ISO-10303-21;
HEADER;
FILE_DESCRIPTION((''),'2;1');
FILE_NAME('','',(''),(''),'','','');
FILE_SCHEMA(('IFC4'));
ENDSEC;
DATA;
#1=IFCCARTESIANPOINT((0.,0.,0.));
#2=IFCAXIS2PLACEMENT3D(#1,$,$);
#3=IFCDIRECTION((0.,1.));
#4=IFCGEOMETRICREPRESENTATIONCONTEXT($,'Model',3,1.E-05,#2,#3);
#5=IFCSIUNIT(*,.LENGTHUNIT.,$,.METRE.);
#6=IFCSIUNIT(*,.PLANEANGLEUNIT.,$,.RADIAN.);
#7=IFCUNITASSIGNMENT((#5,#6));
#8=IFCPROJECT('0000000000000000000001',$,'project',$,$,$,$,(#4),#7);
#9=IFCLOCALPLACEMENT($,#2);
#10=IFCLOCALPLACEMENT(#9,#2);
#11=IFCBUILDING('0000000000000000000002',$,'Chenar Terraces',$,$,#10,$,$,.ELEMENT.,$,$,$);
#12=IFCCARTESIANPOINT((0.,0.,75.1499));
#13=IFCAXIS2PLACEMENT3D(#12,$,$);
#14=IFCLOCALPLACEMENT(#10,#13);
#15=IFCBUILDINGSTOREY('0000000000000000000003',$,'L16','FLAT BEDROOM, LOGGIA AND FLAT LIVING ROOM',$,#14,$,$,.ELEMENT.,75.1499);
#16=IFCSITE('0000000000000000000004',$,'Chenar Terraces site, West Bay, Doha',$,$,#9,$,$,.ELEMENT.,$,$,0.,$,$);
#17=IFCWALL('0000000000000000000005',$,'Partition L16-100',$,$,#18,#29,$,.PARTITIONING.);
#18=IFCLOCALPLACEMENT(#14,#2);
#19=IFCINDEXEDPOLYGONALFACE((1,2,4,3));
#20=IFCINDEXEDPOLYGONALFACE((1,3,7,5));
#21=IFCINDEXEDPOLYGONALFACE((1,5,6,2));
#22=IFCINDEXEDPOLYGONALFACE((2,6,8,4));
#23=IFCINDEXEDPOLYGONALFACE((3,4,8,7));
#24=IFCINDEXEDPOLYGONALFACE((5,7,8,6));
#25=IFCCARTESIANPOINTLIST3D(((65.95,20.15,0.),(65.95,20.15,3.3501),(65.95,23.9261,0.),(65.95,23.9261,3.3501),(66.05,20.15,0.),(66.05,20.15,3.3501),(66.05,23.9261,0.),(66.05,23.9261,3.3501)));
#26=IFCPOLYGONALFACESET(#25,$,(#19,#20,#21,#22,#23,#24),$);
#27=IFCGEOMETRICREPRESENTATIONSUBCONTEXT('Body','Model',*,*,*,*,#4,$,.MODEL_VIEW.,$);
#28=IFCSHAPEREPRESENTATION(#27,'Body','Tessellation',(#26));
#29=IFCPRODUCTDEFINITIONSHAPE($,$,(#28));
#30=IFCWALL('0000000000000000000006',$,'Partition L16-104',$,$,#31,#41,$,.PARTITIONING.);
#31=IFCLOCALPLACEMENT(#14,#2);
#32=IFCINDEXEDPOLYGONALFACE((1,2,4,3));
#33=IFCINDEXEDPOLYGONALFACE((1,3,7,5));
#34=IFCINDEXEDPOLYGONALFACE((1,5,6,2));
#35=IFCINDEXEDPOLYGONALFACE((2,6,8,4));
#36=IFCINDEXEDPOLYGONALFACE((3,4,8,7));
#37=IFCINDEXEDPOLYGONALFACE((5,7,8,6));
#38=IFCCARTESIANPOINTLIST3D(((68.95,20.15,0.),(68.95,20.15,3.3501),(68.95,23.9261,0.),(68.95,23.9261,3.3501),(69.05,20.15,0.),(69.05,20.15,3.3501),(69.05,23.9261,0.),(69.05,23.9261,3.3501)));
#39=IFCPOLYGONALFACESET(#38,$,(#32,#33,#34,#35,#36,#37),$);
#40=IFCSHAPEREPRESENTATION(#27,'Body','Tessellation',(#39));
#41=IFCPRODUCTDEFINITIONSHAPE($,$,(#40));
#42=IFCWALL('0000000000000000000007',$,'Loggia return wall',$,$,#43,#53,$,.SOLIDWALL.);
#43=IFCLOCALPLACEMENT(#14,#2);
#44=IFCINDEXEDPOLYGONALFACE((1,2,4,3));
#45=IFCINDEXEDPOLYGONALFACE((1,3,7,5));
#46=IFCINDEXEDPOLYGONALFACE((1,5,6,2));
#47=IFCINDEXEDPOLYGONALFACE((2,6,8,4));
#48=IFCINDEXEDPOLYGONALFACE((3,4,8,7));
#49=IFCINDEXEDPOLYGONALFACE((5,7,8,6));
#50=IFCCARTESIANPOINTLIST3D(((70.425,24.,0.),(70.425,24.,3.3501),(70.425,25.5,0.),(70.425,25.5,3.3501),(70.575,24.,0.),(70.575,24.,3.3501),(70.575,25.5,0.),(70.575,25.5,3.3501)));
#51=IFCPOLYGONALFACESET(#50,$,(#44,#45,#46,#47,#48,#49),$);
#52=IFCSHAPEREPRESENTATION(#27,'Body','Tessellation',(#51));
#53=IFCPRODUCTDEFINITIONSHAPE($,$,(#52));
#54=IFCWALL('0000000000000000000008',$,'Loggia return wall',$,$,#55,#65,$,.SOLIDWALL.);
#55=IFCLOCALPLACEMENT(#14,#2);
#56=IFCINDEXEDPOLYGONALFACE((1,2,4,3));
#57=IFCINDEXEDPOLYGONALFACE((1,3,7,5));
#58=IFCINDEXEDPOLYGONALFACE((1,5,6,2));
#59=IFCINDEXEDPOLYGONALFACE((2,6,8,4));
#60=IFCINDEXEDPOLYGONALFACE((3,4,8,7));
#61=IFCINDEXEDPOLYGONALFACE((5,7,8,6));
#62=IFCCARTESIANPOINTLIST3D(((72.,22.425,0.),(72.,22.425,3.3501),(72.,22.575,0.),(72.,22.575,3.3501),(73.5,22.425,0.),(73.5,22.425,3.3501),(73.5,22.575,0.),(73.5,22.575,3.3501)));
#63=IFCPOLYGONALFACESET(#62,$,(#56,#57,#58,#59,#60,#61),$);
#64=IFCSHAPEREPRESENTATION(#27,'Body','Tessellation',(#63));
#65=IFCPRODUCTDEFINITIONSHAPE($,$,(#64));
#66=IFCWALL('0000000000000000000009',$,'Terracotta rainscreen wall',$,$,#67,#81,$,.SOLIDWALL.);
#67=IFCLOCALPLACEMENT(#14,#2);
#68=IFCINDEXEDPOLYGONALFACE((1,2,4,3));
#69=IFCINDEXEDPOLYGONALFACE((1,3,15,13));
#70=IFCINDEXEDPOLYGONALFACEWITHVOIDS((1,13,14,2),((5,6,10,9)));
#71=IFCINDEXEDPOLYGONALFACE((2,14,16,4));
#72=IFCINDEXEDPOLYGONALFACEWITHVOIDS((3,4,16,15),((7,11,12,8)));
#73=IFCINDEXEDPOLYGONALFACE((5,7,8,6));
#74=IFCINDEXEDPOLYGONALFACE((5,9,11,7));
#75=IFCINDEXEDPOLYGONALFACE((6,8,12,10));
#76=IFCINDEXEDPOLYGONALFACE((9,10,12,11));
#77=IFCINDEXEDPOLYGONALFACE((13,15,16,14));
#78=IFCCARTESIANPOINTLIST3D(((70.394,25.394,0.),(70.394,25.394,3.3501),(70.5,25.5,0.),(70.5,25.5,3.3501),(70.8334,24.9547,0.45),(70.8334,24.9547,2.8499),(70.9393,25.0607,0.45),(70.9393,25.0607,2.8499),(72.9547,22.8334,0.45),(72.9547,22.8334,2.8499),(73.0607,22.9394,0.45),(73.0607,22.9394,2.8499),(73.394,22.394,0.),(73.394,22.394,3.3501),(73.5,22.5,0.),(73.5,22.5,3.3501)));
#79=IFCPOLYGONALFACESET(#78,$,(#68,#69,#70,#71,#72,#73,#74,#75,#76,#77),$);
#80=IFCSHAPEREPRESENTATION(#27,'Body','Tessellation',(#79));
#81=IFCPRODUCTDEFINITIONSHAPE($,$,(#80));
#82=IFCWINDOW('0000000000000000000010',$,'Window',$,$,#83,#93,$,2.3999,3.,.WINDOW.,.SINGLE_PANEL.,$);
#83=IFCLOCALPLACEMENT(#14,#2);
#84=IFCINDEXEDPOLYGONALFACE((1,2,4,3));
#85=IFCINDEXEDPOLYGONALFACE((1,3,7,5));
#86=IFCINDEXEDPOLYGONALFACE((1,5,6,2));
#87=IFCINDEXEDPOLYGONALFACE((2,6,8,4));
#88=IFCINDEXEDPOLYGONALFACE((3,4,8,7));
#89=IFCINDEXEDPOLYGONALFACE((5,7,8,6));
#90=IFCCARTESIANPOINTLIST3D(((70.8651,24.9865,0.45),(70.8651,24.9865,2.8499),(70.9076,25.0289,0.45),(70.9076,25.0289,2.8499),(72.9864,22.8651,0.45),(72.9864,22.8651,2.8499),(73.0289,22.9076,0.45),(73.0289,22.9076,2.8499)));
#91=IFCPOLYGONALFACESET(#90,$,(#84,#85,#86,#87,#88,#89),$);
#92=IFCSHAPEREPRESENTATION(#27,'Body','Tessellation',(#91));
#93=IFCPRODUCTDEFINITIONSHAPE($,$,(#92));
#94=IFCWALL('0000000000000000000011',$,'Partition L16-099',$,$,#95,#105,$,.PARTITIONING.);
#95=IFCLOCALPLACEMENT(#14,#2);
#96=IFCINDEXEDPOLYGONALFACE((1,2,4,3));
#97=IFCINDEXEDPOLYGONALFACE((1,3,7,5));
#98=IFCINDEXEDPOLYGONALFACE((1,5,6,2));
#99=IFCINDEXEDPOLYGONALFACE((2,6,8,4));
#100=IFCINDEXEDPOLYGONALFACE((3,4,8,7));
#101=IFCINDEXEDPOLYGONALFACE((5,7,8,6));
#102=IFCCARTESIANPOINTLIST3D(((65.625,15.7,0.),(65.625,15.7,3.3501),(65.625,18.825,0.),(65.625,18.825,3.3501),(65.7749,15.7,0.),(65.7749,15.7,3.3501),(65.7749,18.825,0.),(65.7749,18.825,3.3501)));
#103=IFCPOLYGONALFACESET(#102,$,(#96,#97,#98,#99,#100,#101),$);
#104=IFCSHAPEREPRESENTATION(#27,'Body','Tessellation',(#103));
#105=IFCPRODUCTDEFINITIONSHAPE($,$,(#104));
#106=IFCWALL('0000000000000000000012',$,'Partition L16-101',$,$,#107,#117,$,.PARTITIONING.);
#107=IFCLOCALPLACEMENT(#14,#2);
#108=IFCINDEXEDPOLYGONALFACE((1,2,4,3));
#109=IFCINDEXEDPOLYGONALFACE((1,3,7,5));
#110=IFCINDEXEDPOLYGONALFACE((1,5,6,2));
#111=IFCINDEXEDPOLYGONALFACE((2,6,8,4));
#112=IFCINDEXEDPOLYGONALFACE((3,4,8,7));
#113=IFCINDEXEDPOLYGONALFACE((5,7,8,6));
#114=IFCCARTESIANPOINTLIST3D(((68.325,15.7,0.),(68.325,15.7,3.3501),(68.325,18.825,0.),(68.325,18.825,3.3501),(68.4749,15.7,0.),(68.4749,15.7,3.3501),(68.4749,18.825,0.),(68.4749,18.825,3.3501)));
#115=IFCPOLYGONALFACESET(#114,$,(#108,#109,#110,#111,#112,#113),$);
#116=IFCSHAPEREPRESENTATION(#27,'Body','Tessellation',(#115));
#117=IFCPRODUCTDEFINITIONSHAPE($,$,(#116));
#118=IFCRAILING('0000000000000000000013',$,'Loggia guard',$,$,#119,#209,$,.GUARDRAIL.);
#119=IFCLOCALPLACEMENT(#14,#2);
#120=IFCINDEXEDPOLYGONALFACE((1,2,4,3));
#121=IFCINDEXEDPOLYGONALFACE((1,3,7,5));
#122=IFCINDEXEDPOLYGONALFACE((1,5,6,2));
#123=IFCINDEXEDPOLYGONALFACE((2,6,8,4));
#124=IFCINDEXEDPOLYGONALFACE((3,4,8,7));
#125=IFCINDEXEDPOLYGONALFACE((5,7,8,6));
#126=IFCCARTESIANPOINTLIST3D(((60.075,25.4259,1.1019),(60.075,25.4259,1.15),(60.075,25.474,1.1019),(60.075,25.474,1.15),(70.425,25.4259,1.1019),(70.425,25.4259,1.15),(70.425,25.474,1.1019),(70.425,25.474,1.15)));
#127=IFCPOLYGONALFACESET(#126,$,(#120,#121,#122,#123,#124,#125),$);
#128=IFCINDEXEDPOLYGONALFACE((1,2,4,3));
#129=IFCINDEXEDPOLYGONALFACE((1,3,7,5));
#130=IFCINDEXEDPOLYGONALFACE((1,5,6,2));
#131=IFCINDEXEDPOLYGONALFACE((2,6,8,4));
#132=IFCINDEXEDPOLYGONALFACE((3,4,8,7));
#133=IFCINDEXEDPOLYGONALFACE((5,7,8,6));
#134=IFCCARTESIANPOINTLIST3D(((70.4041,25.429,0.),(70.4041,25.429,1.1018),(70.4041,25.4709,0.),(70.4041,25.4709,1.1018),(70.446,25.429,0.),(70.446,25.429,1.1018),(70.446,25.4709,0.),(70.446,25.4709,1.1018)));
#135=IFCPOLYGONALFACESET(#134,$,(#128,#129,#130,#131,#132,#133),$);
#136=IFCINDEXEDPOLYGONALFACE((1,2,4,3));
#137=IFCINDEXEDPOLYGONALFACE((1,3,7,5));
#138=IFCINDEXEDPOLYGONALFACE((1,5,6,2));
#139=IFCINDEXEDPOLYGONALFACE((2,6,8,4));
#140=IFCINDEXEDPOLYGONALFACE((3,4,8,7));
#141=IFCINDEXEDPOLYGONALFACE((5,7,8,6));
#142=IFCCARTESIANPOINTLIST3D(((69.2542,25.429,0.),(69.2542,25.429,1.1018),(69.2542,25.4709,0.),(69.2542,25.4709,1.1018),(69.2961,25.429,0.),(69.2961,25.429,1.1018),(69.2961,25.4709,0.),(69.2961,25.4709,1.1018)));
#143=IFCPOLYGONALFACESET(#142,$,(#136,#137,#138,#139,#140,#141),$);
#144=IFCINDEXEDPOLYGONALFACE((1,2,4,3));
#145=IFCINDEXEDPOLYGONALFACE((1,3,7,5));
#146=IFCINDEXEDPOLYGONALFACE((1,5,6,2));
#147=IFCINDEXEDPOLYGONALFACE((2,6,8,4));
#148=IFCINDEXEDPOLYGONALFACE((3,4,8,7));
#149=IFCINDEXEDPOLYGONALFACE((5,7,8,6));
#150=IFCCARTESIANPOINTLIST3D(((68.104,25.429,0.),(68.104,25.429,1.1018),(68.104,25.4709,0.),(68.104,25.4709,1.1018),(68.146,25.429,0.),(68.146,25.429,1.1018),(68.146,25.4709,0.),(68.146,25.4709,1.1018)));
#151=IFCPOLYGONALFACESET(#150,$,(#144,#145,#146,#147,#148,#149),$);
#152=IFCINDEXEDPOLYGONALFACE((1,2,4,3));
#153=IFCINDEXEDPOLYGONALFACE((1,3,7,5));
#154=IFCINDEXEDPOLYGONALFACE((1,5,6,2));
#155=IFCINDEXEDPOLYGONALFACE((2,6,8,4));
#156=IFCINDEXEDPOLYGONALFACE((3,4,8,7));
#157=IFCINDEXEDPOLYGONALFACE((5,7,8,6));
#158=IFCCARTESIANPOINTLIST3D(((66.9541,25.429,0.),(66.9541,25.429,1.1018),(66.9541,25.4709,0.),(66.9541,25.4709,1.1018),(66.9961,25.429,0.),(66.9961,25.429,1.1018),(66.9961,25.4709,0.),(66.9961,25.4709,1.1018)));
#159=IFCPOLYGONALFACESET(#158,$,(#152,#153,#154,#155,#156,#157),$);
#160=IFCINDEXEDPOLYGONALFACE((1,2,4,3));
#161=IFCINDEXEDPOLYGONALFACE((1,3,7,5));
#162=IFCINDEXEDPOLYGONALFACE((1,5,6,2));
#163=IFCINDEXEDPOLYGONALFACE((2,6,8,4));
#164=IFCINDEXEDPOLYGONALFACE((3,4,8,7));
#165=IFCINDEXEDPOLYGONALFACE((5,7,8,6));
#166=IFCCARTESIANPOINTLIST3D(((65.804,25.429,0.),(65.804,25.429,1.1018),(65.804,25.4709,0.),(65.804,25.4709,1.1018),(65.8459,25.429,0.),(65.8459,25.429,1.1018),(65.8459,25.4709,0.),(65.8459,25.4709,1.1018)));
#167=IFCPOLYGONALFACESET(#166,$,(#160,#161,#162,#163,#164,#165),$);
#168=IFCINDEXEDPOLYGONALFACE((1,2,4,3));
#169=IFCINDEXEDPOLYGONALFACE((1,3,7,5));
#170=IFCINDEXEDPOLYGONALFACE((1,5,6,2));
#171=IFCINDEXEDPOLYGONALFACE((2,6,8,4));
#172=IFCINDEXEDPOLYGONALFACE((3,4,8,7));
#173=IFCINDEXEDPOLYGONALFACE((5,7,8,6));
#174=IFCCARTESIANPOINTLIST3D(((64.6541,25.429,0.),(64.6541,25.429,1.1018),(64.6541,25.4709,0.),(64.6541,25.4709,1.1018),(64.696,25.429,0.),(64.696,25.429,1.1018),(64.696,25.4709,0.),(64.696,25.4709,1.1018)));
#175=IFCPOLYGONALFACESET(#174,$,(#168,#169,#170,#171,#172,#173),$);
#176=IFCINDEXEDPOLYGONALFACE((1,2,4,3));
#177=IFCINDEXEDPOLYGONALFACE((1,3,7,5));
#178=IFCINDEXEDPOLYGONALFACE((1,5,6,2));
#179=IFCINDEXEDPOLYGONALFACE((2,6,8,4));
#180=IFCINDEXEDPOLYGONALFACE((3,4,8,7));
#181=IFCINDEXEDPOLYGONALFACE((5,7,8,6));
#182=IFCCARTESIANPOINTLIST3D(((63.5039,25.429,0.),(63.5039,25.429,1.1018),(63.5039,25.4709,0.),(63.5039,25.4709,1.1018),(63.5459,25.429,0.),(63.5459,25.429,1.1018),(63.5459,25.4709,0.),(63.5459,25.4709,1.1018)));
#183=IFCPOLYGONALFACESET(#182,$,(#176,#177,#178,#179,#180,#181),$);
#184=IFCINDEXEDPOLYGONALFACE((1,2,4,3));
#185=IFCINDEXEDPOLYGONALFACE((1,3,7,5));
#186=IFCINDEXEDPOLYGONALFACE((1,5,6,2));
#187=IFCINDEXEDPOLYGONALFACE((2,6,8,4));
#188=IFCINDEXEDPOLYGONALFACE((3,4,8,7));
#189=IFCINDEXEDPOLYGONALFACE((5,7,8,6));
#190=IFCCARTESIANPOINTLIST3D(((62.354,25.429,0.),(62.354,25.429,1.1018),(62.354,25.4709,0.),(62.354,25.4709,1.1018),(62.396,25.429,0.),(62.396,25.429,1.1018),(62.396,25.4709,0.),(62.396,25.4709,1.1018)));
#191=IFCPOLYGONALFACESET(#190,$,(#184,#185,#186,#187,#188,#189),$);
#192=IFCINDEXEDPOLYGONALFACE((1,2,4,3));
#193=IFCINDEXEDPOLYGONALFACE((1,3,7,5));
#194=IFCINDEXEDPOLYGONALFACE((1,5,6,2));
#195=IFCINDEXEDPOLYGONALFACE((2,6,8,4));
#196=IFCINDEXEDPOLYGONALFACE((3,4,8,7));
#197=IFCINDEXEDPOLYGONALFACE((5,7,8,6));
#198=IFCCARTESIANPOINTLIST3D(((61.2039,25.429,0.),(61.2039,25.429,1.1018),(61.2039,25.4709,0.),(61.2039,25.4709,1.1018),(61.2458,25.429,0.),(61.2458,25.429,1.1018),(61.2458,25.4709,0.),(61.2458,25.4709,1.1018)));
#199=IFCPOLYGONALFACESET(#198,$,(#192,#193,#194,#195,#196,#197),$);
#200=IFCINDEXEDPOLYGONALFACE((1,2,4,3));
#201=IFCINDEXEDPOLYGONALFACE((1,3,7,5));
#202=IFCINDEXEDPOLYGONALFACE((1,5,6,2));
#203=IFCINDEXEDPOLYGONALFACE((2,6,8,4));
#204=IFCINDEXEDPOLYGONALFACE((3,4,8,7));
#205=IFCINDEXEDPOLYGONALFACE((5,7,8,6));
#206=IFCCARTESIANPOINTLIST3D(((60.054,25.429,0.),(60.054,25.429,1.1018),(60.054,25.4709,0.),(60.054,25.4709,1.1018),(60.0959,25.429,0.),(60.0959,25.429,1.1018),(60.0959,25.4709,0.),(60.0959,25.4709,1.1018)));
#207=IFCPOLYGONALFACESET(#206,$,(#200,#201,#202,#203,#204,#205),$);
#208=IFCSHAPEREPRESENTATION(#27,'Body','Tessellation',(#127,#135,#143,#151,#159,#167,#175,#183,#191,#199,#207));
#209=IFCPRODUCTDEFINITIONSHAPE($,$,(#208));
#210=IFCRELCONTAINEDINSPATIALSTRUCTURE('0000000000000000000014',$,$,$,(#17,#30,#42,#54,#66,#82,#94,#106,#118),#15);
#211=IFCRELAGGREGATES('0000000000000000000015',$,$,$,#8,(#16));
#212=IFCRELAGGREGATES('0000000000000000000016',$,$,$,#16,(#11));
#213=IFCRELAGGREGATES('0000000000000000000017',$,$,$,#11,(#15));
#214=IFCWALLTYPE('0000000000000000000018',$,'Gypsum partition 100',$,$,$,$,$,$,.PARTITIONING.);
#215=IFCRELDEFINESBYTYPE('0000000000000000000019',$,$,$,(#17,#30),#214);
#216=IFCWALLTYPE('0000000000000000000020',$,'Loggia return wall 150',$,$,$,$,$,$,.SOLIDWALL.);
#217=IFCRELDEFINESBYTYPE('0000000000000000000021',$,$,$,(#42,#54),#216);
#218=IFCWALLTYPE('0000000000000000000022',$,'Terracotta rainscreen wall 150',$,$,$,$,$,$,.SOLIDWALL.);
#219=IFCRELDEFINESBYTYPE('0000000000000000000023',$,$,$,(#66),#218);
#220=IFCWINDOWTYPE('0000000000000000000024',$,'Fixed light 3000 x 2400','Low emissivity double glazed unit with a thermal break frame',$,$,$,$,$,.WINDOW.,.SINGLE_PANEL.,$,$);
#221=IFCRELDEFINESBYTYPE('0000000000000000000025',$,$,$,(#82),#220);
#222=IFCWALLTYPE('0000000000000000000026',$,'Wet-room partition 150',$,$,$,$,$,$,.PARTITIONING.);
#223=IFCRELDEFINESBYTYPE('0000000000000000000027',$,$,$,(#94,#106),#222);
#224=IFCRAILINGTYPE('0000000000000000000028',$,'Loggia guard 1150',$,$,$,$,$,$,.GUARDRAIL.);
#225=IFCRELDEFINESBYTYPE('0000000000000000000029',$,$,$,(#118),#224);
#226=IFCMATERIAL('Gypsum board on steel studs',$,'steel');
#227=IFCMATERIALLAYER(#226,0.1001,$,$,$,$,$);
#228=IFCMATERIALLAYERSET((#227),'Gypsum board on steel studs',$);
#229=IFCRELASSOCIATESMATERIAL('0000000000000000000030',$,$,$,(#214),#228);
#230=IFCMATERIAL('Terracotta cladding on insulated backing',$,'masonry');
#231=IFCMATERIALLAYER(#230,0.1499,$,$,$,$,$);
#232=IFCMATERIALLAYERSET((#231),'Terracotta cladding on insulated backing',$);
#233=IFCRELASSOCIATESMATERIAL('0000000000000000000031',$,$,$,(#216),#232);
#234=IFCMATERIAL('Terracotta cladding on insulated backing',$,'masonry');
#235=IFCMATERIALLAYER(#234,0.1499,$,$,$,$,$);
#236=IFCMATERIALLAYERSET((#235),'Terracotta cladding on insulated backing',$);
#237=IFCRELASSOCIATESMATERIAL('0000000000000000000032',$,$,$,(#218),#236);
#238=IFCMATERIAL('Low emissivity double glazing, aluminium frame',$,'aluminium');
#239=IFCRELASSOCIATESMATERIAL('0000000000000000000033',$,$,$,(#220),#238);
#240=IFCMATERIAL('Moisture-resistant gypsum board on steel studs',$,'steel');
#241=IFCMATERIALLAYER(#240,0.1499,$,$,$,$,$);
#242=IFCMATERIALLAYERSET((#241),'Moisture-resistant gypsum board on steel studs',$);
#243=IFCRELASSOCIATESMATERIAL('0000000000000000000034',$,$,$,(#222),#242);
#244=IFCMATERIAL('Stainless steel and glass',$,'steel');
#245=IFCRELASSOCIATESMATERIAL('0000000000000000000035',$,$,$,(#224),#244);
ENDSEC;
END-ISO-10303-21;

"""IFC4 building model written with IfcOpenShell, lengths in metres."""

from ifc_helpers import new_model, si_unit, direction, frame, frame_2d, origin, origin_2d, place, context, subcontext, project, spatial, rectangle, extrude, material, layer, layer_set, type_object, element, fill, save


model = new_model("IFC4")

# Units and contexts
model_context = context("Model", 3, precision=1e-05, world=origin(), true_north=direction((0.0, 1.0)))
body_context = subcontext(model_context, "Body", "Model", "MODEL_VIEW")
ifc_project = project(units=[si_unit("LENGTHUNIT", "METRE"), si_unit("PLANEANGLEUNIT", "RADIAN")], contexts=[model_context])

# Site, building, storey
site_placement = place(None, origin())
site = spatial("IfcSite", under=ifc_project, at=site_placement, Name="Chenar Terraces site, West Bay, Doha", CompositionType="ELEMENT", RefElevation=0.0)
building_placement = place(site_placement, origin())
building = spatial("IfcBuilding", under=site, at=building_placement, Name="Chenar Terraces", CompositionType="ELEMENT")
storey_placement = place(building_placement, frame((0.0, 0.0, 75.1499)))
storey = spatial("IfcBuildingStorey", under=building, at=storey_placement, Name="L16", Description="FLAT BEDROOM, LOGGIA AND FLAT LIVING ROOM", CompositionType="ELEMENT", Elevation=75.1499)

# Walls
ifc_material_1 = material(Name="Gypsum board on steel studs", Category="steel")
ifc_layer_1 = layer(ifc_material_1, 0.1001)
ifc_layer_set_1 = layer_set([ifc_layer_1], Name="Gypsum board on steel studs")
wall_type_1 = type_object("IfcWallType", Name="Gypsum partition 100", PredefinedType="PARTITIONING", material=ifc_layer_set_1)
for number, where, z_axis, x_axis, name in (
    (1, (66.0, 20.1499, 0.0), (0.0, 0.0, 1.0), (0.0, 1.0, 0.0), "Partition L16-100"),
    (2, (69.0, 20.1499, 0.0), (0.0, 0.0, 1.0), (0.0, 1.0, 0.0), "Partition L16-104"),
):
    element("IfcWall", number, at=place(storey_placement, frame(where, z_axis=z_axis, x_axis=x_axis)), inside=storey, type_object=wall_type_1, Name=name, PredefinedType="PARTITIONING", context=body_context, shape_type="SweptSolid", body=[
        extrude(rectangle(XDim=3.7761, YDim=0.1001, at=frame_2d((1.8882, 0.0))), origin(), (0.0, 0.0, 1.0), 3.3501),
    ])
ifc_material_2 = material(Name="Terracotta cladding on insulated backing", Category="masonry")
ifc_layer_2 = layer(ifc_material_2, 0.1499)
ifc_layer_set_2 = layer_set([ifc_layer_2], Name="Terracotta cladding on insulated backing")
wall_type_2 = type_object("IfcWallType", Name="Loggia return wall 150", PredefinedType="SOLIDWALL", material=ifc_layer_set_2)
for number, where, z_axis, x_axis, name in (
    (3, (70.5, 25.5, 0.0), (0.0, 0.0, 1.0), (0.0, -1.0, 0.0), "Loggia return wall"),
    (4, (73.5, 22.5, 0.0), (0.0, 0.0, 1.0), (-1.0, 0.0, 0.0), "Loggia return wall"),
):
    element("IfcWall", number, at=place(storey_placement, frame(where, z_axis=z_axis, x_axis=x_axis)), inside=storey, type_object=wall_type_2, Name=name, PredefinedType="SOLIDWALL", context=body_context, shape_type="SweptSolid", body=[
        extrude(rectangle(XDim=1.5, YDim=0.1499, at=frame_2d((0.75, 0.0))), origin(), (0.0, 0.0, 1.0), 3.3501),
    ])

# Wall, opening, window
ifc_material_3 = material(Name="Terracotta cladding on insulated backing", Category="masonry")
ifc_layer_3 = layer(ifc_material_3, 0.1499)
ifc_layer_set_3 = layer_set([ifc_layer_3], Name="Terracotta cladding on insulated backing")
wall_type_3 = type_object("IfcWallType", Name="Terracotta rainscreen wall 150", PredefinedType="SOLIDWALL", material=ifc_layer_set_3)
wall_1_placement = place(storey_placement, frame((73.447, 22.447, 0.0), z_axis=(0.0, 0.0, 1.0), x_axis=(-0.707107, 0.707107, 0.0)))
wall_1 = element("IfcWall", 5, at=wall_1_placement, inside=storey, type_object=wall_type_3, Name="Terracotta rainscreen wall", PredefinedType="SOLIDWALL", context=body_context, shape_type="SweptSolid", body=[
    extrude(rectangle(XDim=4.2427, YDim=0.1499, at=frame_2d((2.1213, 0.0))), origin(), (0.0, 0.0, 1.0), 3.3501),
])
opening_1_placement = place(wall_1_placement, frame((0.6213, 0.0, 0.45)))
opening_1 = element("IfcOpeningElement", 6, at=opening_1_placement, cuts=wall_1, PredefinedType="OPENING", context=body_context, shape_type="SweptSolid", body=[
    extrude(rectangle(XDim=3.0, YDim=2.3999, at=frame_2d((1.5, 1.2))), frame((0.0, 0.085, 0.0), z_axis=(0.0, -1.0, 0.0), x_axis=(1.0, 0.0, 0.0)), (0.0, 0.0, 1.0), 0.1699),
])
ifc_material_4 = material(Name="Low emissivity double glazing, aluminium frame", Category="aluminium")
window_type_1 = type_object("IfcWindowType", Name="Fixed light 3000 x 2400", Description="Low emissivity double glazed unit with a thermal break frame", PartitioningType="SINGLE_PANEL", PredefinedType="WINDOW", material=ifc_material_4)
window_1_placement = place(opening_1_placement, origin())
window_1 = element("IfcWindow", 7, at=window_1_placement, inside=storey, type_object=window_type_1, Name="Window", OverallHeight=2.3999, OverallWidth=3.0, PartitioningType="SINGLE_PANEL", PredefinedType="WINDOW", context=body_context, shape_type="SweptSolid", body=[
    extrude(rectangle(XDim=3.0, YDim=2.3999, at=frame_2d((1.5, 1.2))), frame((0.0, 0.03, 0.0), z_axis=(0.0, -1.0, 0.0), x_axis=(1.0, 0.0, 0.0)), (0.0, 0.0, 1.0), 0.0601),
])
fill(opening_1, window_1)

# Walls
ifc_material_5 = material(Name="Moisture-resistant gypsum board on steel studs", Category="steel")
ifc_layer_4 = layer(ifc_material_5, 0.1499)
ifc_layer_set_4 = layer_set([ifc_layer_4], Name="Moisture-resistant gypsum board on steel studs")
wall_type_4 = type_object("IfcWallType", Name="Wet-room partition 150", PredefinedType="PARTITIONING", material=ifc_layer_set_4)
for number, where, z_axis, x_axis, name in (
    (8, (65.7, 15.7, 0.0), (0.0, 0.0, 1.0), (0.0, 1.0, 0.0), "Partition L16-099"),
    (9, (68.3999, 15.7, 0.0), (0.0, 0.0, 1.0), (0.0, 1.0, 0.0), "Partition L16-101"),
):
    element("IfcWall", number, at=place(storey_placement, frame(where, z_axis=z_axis, x_axis=x_axis)), inside=storey, type_object=wall_type_4, Name=name, PredefinedType="PARTITIONING", context=body_context, shape_type="SweptSolid", body=[
        extrude(rectangle(XDim=3.125, YDim=0.1499, at=frame_2d((1.5625, 0.0))), origin(), (0.0, 0.0, 1.0), 3.3501),
    ])

# Railing
ifc_material_6 = material(Name="Stainless steel and glass", Category="steel")
railing_type = type_object("IfcRailingType", Name="Loggia guard 1150", PredefinedType="GUARDRAIL", material=ifc_material_6)
railing_placement = place(storey_placement, frame((70.425, 25.45, 0.0)))
element("IfcRailing", 10, at=railing_placement, inside=storey, type_object=railing_type, Name="Loggia guard", PredefinedType="GUARDRAIL", context=body_context, shape_type="SweptSolid", body=[
    extrude(rectangle(XDim=0.0481, YDim=0.0481, at=origin_2d()), frame((0.0, 0.0, 1.126), z_axis=(-1.0, 0.0, 0.0), x_axis=(0.0, -1.0, 0.0)), (0.0, 0.0, 1.0), 10.3501),
    extrude(rectangle(XDim=0.042, YDim=0.042, at=origin_2d()), origin(), (0.0, 0.0, 1.0), 1.1018),
    extrude(rectangle(XDim=0.042, YDim=0.042, at=origin_2d()), frame((-1.1499, 0.0, 0.0)), (0.0, 0.0, 1.0), 1.1018),
    extrude(rectangle(XDim=0.042, YDim=0.042, at=origin_2d()), frame((-2.3, 0.0, 0.0)), (0.0, 0.0, 1.0), 1.1018),
    extrude(rectangle(XDim=0.042, YDim=0.042, at=origin_2d()), frame((-3.45, 0.0, 0.0)), (0.0, 0.0, 1.0), 1.1018),
    extrude(rectangle(XDim=0.042, YDim=0.042, at=origin_2d()), frame((-4.6001, 0.0, 0.0)), (0.0, 0.0, 1.0), 1.1018),
    extrude(rectangle(XDim=0.042, YDim=0.042, at=origin_2d()), frame((-5.75, 0.0, 0.0)), (0.0, 0.0, 1.0), 1.1018),
    extrude(rectangle(XDim=0.042, YDim=0.042, at=origin_2d()), frame((-6.9001, 0.0, 0.0)), (0.0, 0.0, 1.0), 1.1018),
    extrude(rectangle(XDim=0.042, YDim=0.042, at=origin_2d()), frame((-8.05, 0.0, 0.0)), (0.0, 0.0, 1.0), 1.1018),
    extrude(rectangle(XDim=0.042, YDim=0.042, at=origin_2d()), frame((-9.2002, 0.0, 0.0)), (0.0, 0.0, 1.0), 1.1018),
    extrude(rectangle(XDim=0.042, YDim=0.042, at=origin_2d()), frame((-10.3501, 0.0, 0.0)), (0.0, 0.0, 1.0), 1.1018),
])

save(model, "model.ifc")
